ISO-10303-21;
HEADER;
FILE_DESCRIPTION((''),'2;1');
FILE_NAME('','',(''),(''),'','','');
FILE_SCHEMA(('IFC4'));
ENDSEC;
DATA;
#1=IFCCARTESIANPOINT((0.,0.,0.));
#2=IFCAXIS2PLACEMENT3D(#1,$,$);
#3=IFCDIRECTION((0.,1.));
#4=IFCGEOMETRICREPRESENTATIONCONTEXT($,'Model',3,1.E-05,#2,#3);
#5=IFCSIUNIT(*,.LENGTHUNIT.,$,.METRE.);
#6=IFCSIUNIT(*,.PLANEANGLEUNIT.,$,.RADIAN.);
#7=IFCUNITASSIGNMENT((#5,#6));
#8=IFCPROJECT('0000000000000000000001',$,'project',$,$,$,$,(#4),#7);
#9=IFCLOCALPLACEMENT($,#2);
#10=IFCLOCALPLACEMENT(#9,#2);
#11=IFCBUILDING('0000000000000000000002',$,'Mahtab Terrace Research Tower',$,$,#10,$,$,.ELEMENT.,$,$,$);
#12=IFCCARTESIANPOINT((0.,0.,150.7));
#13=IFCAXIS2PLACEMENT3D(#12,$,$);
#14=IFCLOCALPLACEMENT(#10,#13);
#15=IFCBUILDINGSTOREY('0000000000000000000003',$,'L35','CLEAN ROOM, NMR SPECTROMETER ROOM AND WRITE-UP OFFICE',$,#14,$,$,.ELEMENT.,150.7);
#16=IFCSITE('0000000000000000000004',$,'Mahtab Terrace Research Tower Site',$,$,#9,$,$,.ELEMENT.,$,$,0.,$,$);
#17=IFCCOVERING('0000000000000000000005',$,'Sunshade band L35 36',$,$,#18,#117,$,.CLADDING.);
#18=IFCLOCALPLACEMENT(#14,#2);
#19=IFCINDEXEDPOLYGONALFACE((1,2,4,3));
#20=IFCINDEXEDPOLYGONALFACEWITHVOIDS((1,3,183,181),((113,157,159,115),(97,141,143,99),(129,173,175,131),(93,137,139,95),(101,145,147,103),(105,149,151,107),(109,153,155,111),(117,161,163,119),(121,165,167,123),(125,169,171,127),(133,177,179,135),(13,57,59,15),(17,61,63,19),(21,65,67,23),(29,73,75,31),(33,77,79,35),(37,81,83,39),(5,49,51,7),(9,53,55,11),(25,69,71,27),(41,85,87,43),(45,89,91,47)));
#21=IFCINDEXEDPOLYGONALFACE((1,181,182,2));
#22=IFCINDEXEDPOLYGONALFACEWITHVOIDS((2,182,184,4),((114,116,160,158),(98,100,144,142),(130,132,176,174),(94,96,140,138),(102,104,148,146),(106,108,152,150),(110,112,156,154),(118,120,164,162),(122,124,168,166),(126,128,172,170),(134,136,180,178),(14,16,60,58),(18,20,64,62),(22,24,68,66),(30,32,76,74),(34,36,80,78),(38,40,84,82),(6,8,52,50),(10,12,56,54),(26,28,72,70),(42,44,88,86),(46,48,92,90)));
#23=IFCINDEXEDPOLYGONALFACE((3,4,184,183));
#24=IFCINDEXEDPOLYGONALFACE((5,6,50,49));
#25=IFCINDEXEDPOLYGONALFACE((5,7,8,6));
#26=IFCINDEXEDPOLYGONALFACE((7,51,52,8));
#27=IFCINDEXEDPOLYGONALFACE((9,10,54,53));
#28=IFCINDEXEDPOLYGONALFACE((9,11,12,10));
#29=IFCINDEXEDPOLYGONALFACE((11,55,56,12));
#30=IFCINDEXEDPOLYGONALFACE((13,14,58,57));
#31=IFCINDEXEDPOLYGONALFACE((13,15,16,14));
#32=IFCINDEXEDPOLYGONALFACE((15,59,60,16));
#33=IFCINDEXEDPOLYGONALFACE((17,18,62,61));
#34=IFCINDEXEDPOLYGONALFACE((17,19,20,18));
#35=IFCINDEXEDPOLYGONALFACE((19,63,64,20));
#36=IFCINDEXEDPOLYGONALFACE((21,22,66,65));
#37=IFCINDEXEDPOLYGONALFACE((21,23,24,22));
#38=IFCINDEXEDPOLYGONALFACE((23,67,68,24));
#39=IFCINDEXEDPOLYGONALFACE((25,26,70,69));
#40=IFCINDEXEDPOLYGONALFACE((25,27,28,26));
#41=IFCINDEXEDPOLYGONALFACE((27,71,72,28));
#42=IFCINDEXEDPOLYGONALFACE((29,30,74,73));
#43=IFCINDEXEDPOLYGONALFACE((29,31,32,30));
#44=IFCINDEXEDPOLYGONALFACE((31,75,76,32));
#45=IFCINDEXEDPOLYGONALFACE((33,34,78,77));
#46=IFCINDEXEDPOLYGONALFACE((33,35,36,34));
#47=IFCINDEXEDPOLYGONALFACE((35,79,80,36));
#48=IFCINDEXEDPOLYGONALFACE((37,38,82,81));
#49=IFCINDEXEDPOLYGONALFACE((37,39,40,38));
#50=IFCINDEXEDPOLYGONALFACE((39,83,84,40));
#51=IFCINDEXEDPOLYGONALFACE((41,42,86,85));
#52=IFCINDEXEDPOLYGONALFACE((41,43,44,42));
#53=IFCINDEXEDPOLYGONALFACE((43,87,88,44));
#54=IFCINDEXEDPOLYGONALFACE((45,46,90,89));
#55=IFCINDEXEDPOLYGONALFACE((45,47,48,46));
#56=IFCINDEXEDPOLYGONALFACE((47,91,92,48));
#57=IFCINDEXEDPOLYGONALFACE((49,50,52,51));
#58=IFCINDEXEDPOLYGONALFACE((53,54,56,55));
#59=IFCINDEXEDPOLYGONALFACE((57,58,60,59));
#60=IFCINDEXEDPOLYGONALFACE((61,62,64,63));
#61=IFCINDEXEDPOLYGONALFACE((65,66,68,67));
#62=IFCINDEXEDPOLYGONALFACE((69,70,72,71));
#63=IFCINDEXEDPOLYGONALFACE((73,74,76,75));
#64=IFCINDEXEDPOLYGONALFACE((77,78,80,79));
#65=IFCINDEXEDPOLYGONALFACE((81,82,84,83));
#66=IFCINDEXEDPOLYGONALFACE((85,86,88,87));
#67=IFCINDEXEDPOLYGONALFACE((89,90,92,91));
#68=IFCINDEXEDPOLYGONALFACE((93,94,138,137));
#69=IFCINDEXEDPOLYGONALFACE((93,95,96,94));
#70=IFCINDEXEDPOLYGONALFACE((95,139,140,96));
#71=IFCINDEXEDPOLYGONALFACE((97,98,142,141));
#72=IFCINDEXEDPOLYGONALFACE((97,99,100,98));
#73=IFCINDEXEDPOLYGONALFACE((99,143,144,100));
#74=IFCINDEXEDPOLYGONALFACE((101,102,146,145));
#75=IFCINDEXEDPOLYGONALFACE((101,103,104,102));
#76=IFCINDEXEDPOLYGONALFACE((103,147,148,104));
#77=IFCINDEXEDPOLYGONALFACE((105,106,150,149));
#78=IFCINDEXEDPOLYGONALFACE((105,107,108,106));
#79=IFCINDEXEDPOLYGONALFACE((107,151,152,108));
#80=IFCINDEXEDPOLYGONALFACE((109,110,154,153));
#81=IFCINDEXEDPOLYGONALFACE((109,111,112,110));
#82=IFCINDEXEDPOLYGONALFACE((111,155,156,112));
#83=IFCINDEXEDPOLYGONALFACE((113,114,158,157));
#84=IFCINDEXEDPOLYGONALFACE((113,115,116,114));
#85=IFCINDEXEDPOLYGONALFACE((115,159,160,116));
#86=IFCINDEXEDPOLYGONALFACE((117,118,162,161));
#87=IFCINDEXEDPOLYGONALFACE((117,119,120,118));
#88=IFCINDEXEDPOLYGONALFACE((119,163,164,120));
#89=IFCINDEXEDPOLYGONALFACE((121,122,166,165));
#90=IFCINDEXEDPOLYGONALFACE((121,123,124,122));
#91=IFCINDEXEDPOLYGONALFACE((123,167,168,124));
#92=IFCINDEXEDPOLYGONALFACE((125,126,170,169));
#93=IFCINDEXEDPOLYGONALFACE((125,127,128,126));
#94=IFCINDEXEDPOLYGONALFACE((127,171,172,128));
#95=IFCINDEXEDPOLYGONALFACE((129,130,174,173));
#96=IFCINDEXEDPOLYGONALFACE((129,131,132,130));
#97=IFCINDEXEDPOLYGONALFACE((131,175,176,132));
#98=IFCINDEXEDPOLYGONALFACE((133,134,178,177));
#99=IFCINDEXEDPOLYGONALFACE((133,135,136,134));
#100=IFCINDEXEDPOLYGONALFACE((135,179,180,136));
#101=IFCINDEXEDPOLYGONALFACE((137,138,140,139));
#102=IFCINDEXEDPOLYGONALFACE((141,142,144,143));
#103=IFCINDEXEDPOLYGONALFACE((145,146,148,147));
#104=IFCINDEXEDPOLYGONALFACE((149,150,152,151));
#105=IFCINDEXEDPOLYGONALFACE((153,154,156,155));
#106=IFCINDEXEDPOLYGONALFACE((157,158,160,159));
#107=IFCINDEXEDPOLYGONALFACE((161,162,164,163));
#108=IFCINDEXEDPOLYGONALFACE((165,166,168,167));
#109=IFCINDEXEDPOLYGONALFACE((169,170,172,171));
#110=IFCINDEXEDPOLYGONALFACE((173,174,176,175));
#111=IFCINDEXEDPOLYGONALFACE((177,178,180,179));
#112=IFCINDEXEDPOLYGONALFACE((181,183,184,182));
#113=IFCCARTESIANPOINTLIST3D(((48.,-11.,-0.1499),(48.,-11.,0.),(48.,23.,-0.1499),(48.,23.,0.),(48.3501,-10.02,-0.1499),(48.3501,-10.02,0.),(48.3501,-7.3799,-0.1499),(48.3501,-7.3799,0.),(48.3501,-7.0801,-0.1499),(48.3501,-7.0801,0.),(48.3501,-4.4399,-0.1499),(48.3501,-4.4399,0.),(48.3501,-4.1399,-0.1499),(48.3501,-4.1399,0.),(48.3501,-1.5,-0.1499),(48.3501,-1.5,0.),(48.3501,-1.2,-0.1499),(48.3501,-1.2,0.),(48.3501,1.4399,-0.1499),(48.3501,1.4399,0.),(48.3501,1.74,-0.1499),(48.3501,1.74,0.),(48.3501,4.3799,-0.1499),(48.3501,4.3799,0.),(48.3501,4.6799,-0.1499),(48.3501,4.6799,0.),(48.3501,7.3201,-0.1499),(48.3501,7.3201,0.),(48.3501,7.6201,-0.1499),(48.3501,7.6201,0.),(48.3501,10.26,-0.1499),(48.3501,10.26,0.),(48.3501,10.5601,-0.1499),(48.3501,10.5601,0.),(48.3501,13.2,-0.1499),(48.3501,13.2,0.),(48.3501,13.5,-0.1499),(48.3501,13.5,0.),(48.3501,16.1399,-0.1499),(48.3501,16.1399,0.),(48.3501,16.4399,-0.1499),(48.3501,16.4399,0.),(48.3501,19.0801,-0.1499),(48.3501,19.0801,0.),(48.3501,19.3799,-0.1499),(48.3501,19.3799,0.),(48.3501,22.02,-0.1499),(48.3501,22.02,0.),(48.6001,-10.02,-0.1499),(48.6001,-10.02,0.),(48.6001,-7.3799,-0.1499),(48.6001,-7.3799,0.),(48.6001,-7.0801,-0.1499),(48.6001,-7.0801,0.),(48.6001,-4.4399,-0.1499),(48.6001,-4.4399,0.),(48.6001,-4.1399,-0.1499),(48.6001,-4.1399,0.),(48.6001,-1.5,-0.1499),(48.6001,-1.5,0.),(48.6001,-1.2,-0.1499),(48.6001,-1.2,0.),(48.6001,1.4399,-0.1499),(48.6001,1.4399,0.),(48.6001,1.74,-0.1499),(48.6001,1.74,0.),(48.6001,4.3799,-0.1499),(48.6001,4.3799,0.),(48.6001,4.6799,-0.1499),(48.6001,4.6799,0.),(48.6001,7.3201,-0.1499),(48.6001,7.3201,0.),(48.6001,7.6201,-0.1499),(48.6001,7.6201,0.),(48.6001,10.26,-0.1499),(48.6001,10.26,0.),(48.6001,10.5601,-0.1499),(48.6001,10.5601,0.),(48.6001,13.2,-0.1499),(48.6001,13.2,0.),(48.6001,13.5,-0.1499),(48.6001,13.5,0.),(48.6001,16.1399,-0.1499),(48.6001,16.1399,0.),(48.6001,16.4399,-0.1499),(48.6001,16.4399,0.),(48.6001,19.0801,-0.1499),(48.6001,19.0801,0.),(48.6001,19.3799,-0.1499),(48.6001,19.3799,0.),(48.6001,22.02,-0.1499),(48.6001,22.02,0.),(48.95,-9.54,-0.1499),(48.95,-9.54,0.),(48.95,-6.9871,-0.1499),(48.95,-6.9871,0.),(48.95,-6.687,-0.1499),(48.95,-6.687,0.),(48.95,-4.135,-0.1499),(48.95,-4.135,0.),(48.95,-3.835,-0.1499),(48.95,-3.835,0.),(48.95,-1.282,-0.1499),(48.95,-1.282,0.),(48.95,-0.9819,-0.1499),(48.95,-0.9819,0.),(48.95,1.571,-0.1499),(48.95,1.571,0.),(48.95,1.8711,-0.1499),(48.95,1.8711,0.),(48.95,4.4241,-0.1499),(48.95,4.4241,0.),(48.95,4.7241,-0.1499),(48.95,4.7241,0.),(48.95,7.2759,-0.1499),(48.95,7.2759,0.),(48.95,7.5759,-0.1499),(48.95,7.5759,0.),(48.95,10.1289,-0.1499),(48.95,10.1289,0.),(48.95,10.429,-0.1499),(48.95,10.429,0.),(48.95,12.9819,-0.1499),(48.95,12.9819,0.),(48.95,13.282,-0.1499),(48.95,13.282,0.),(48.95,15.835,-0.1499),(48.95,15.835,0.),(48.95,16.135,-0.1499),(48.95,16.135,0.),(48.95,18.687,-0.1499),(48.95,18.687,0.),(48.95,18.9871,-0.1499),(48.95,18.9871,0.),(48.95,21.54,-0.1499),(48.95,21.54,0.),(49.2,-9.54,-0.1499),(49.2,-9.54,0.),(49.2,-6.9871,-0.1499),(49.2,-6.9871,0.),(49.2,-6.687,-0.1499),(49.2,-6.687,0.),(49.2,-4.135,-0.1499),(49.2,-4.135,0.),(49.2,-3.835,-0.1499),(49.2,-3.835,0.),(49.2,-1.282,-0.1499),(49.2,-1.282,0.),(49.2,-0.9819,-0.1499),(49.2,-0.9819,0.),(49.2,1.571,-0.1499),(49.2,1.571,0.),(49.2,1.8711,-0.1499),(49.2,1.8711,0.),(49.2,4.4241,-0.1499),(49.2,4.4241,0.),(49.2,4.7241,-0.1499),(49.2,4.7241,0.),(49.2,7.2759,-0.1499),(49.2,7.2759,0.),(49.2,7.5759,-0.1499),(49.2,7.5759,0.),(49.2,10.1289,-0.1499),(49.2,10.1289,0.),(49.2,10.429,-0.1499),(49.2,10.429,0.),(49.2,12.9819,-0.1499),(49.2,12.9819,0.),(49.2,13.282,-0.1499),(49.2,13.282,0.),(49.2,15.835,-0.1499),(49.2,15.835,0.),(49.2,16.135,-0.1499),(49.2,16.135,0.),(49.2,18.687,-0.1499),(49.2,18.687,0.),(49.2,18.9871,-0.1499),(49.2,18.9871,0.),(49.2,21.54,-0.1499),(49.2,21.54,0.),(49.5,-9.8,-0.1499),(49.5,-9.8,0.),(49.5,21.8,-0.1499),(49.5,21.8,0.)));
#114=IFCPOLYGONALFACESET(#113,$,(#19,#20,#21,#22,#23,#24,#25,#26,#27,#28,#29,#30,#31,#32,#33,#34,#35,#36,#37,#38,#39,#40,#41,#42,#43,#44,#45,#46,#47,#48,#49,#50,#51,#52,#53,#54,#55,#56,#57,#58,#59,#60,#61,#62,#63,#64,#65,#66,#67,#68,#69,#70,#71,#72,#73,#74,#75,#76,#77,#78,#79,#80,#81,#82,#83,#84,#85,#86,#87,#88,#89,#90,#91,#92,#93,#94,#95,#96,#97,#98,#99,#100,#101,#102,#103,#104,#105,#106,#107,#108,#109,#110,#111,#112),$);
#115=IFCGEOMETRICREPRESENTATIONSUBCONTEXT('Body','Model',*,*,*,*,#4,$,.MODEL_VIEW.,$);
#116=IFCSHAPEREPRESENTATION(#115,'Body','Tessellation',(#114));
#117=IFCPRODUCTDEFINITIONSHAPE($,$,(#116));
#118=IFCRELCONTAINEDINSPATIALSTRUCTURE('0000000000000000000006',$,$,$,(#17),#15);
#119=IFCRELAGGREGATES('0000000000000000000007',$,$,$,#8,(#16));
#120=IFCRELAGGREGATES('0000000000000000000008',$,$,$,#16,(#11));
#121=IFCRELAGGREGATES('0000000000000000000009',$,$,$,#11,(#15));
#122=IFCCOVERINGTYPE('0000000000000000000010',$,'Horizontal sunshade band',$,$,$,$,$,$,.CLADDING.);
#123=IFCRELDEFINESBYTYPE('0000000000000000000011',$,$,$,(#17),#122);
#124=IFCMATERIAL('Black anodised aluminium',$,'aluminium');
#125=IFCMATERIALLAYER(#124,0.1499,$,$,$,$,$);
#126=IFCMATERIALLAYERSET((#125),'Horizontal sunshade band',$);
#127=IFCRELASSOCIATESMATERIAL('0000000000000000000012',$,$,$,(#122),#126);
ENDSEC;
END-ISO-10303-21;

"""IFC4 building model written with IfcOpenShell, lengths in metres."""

from ifc_helpers import new_model, si_unit, direction, frame, origin, place, context, subcontext, project, spatial, polyline, outline, extrude, material, layer, layer_set, type_object, element, save


model = new_model("IFC4")

# Units and contexts
model_context = context("Model", 3, precision=1e-05, world=origin(), true_north=direction((0.0, 1.0)))
body_context = subcontext(model_context, "Body", "Model", "MODEL_VIEW")
ifc_project = project(units=[si_unit("LENGTHUNIT", "METRE"), si_unit("PLANEANGLEUNIT", "RADIAN")], contexts=[model_context])

# Site, building, storey
site_placement = place(None, origin())
site = spatial("IfcSite", under=ifc_project, at=site_placement, Name="Mahtab Terrace Research Tower Site", CompositionType="ELEMENT", RefElevation=0.0)
building_placement = place(site_placement, origin())
building = spatial("IfcBuilding", under=site, at=building_placement, Name="Mahtab Terrace Research Tower", CompositionType="ELEMENT")
storey_placement = place(building_placement, frame((0.0, 0.0, 150.7)))
storey = spatial("IfcBuildingStorey", under=building, at=storey_placement, Name="L35", Description="CLEAN ROOM, NMR SPECTROMETER ROOM AND WRITE-UP OFFICE", CompositionType="ELEMENT", Elevation=150.7)

# Covering
ifc_material_1 = material(Name="Black anodised aluminium", Category="aluminium")
ifc_layer_1 = layer(ifc_material_1, 0.1499)
ifc_layer_set_1 = layer_set([ifc_layer_1], Name="Horizontal sunshade band")
covering_type = type_object("IfcCoveringType", Name="Horizontal sunshade band", PredefinedType="CLADDING", material=ifc_layer_set_1)
covering_placement = place(storey_placement, frame((0.0, 0.0, -0.1499)))
element("IfcCovering", 1, at=covering_placement, inside=storey, type_object=covering_type, Name="Sunshade band L35 36", PredefinedType="CLADDING", context=body_context, shape_type="SweptSolid", body=[
    extrude(outline(polyline([(48.0, -11.0), (48.0, 23.0), (49.5, 21.8), (49.5, -9.8), (48.0, -11.0)]), holes=[polyline([(48.3501, -10.02), (48.3501, -7.3799), (48.6001, -7.3799), (48.6001, -10.02), (48.3501, -10.02)]), polyline([(48.3501, -7.0801), (48.3501, -4.4399), (48.6001, -4.4399), (48.6001, -7.0801), (48.3501, -7.0801)]), polyline([(48.3501, -4.1399), (48.3501, -1.5), (48.6001, -1.5), (48.6001, -4.1399), (48.3501, -4.1399)]), polyline([(48.3501, -1.2), (48.3501, 1.4399), (48.6001, 1.4399), (48.6001, -1.2), (48.3501, -1.2)]), polyline([(48.3501, 1.74), (48.3501, 4.3799), (48.6001, 4.3799), (48.6001, 1.74), (48.3501, 1.74)]), polyline([(48.3501, 4.6799), (48.3501, 7.3201), (48.6001, 7.3201), (48.6001, 4.6799), (48.3501, 4.6799)]), polyline([(48.3501, 7.6201), (48.3501, 10.26), (48.6001, 10.26), (48.6001, 7.6201), (48.3501, 7.6201)]), polyline([(48.3501, 10.5601), (48.3501, 13.2), (48.6001, 13.2), (48.6001, 10.5601), (48.3501, 10.5601)]), polyline([(48.3501, 13.5), (48.3501, 16.1399), (48.6001, 16.1399), (48.6001, 13.5), (48.3501, 13.5)]), polyline([(48.3501, 16.4399), (48.3501, 19.0801), (48.6001, 19.0801), (48.6001, 16.4399), (48.3501, 16.4399)]), polyline([(48.3501, 19.3799), (48.3501, 22.02), (48.6001, 22.02), (48.6001, 19.3799), (48.3501, 19.3799)]), polyline([(48.95, -9.54), (48.95, -6.9871), (49.2, -6.9871), (49.2, -9.54), (48.95, -9.54)]), polyline([(48.95, -6.687), (48.95, -4.135), (49.2, -4.135), (49.2, -6.687), (48.95, -6.687)]), polyline([(48.95, -3.835), (48.95, -1.282), (49.2, -1.282), (49.2, -3.835), (48.95, -3.835)]), polyline([(48.95, -0.9819), (48.95, 1.571), (49.2, 1.571), (49.2, -0.9819), (48.95, -0.9819)]), polyline([(48.95, 1.8711), (48.95, 4.4241), (49.2, 4.4241), (49.2, 1.8711), (48.95, 1.8711)]), polyline([(48.95, 4.7241), (48.95, 7.2759), (49.2, 7.2759), (49.2, 4.7241), (48.95, 4.7241)]), polyline([(48.95, 7.5759), (48.95, 10.1289), (49.2, 10.1289), (49.2, 7.5759), (48.95, 7.5759)]), polyline([(48.95, 10.429), (48.95, 12.9819), (49.2, 12.9819), (49.2, 10.429), (48.95, 10.429)]), polyline([(48.95, 13.282), (48.95, 15.835), (49.2, 15.835), (49.2, 13.282), (48.95, 13.282)]), polyline([(48.95, 16.135), (48.95, 18.687), (49.2, 18.687), (49.2, 16.135), (48.95, 16.135)]), polyline([(48.95, 18.9871), (48.95, 21.54), (49.2, 21.54), (49.2, 18.9871), (48.95, 18.9871)])]), origin(), (0.0, 0.0, 1.0), 0.1499),
])

save(model, "model.ifc")
